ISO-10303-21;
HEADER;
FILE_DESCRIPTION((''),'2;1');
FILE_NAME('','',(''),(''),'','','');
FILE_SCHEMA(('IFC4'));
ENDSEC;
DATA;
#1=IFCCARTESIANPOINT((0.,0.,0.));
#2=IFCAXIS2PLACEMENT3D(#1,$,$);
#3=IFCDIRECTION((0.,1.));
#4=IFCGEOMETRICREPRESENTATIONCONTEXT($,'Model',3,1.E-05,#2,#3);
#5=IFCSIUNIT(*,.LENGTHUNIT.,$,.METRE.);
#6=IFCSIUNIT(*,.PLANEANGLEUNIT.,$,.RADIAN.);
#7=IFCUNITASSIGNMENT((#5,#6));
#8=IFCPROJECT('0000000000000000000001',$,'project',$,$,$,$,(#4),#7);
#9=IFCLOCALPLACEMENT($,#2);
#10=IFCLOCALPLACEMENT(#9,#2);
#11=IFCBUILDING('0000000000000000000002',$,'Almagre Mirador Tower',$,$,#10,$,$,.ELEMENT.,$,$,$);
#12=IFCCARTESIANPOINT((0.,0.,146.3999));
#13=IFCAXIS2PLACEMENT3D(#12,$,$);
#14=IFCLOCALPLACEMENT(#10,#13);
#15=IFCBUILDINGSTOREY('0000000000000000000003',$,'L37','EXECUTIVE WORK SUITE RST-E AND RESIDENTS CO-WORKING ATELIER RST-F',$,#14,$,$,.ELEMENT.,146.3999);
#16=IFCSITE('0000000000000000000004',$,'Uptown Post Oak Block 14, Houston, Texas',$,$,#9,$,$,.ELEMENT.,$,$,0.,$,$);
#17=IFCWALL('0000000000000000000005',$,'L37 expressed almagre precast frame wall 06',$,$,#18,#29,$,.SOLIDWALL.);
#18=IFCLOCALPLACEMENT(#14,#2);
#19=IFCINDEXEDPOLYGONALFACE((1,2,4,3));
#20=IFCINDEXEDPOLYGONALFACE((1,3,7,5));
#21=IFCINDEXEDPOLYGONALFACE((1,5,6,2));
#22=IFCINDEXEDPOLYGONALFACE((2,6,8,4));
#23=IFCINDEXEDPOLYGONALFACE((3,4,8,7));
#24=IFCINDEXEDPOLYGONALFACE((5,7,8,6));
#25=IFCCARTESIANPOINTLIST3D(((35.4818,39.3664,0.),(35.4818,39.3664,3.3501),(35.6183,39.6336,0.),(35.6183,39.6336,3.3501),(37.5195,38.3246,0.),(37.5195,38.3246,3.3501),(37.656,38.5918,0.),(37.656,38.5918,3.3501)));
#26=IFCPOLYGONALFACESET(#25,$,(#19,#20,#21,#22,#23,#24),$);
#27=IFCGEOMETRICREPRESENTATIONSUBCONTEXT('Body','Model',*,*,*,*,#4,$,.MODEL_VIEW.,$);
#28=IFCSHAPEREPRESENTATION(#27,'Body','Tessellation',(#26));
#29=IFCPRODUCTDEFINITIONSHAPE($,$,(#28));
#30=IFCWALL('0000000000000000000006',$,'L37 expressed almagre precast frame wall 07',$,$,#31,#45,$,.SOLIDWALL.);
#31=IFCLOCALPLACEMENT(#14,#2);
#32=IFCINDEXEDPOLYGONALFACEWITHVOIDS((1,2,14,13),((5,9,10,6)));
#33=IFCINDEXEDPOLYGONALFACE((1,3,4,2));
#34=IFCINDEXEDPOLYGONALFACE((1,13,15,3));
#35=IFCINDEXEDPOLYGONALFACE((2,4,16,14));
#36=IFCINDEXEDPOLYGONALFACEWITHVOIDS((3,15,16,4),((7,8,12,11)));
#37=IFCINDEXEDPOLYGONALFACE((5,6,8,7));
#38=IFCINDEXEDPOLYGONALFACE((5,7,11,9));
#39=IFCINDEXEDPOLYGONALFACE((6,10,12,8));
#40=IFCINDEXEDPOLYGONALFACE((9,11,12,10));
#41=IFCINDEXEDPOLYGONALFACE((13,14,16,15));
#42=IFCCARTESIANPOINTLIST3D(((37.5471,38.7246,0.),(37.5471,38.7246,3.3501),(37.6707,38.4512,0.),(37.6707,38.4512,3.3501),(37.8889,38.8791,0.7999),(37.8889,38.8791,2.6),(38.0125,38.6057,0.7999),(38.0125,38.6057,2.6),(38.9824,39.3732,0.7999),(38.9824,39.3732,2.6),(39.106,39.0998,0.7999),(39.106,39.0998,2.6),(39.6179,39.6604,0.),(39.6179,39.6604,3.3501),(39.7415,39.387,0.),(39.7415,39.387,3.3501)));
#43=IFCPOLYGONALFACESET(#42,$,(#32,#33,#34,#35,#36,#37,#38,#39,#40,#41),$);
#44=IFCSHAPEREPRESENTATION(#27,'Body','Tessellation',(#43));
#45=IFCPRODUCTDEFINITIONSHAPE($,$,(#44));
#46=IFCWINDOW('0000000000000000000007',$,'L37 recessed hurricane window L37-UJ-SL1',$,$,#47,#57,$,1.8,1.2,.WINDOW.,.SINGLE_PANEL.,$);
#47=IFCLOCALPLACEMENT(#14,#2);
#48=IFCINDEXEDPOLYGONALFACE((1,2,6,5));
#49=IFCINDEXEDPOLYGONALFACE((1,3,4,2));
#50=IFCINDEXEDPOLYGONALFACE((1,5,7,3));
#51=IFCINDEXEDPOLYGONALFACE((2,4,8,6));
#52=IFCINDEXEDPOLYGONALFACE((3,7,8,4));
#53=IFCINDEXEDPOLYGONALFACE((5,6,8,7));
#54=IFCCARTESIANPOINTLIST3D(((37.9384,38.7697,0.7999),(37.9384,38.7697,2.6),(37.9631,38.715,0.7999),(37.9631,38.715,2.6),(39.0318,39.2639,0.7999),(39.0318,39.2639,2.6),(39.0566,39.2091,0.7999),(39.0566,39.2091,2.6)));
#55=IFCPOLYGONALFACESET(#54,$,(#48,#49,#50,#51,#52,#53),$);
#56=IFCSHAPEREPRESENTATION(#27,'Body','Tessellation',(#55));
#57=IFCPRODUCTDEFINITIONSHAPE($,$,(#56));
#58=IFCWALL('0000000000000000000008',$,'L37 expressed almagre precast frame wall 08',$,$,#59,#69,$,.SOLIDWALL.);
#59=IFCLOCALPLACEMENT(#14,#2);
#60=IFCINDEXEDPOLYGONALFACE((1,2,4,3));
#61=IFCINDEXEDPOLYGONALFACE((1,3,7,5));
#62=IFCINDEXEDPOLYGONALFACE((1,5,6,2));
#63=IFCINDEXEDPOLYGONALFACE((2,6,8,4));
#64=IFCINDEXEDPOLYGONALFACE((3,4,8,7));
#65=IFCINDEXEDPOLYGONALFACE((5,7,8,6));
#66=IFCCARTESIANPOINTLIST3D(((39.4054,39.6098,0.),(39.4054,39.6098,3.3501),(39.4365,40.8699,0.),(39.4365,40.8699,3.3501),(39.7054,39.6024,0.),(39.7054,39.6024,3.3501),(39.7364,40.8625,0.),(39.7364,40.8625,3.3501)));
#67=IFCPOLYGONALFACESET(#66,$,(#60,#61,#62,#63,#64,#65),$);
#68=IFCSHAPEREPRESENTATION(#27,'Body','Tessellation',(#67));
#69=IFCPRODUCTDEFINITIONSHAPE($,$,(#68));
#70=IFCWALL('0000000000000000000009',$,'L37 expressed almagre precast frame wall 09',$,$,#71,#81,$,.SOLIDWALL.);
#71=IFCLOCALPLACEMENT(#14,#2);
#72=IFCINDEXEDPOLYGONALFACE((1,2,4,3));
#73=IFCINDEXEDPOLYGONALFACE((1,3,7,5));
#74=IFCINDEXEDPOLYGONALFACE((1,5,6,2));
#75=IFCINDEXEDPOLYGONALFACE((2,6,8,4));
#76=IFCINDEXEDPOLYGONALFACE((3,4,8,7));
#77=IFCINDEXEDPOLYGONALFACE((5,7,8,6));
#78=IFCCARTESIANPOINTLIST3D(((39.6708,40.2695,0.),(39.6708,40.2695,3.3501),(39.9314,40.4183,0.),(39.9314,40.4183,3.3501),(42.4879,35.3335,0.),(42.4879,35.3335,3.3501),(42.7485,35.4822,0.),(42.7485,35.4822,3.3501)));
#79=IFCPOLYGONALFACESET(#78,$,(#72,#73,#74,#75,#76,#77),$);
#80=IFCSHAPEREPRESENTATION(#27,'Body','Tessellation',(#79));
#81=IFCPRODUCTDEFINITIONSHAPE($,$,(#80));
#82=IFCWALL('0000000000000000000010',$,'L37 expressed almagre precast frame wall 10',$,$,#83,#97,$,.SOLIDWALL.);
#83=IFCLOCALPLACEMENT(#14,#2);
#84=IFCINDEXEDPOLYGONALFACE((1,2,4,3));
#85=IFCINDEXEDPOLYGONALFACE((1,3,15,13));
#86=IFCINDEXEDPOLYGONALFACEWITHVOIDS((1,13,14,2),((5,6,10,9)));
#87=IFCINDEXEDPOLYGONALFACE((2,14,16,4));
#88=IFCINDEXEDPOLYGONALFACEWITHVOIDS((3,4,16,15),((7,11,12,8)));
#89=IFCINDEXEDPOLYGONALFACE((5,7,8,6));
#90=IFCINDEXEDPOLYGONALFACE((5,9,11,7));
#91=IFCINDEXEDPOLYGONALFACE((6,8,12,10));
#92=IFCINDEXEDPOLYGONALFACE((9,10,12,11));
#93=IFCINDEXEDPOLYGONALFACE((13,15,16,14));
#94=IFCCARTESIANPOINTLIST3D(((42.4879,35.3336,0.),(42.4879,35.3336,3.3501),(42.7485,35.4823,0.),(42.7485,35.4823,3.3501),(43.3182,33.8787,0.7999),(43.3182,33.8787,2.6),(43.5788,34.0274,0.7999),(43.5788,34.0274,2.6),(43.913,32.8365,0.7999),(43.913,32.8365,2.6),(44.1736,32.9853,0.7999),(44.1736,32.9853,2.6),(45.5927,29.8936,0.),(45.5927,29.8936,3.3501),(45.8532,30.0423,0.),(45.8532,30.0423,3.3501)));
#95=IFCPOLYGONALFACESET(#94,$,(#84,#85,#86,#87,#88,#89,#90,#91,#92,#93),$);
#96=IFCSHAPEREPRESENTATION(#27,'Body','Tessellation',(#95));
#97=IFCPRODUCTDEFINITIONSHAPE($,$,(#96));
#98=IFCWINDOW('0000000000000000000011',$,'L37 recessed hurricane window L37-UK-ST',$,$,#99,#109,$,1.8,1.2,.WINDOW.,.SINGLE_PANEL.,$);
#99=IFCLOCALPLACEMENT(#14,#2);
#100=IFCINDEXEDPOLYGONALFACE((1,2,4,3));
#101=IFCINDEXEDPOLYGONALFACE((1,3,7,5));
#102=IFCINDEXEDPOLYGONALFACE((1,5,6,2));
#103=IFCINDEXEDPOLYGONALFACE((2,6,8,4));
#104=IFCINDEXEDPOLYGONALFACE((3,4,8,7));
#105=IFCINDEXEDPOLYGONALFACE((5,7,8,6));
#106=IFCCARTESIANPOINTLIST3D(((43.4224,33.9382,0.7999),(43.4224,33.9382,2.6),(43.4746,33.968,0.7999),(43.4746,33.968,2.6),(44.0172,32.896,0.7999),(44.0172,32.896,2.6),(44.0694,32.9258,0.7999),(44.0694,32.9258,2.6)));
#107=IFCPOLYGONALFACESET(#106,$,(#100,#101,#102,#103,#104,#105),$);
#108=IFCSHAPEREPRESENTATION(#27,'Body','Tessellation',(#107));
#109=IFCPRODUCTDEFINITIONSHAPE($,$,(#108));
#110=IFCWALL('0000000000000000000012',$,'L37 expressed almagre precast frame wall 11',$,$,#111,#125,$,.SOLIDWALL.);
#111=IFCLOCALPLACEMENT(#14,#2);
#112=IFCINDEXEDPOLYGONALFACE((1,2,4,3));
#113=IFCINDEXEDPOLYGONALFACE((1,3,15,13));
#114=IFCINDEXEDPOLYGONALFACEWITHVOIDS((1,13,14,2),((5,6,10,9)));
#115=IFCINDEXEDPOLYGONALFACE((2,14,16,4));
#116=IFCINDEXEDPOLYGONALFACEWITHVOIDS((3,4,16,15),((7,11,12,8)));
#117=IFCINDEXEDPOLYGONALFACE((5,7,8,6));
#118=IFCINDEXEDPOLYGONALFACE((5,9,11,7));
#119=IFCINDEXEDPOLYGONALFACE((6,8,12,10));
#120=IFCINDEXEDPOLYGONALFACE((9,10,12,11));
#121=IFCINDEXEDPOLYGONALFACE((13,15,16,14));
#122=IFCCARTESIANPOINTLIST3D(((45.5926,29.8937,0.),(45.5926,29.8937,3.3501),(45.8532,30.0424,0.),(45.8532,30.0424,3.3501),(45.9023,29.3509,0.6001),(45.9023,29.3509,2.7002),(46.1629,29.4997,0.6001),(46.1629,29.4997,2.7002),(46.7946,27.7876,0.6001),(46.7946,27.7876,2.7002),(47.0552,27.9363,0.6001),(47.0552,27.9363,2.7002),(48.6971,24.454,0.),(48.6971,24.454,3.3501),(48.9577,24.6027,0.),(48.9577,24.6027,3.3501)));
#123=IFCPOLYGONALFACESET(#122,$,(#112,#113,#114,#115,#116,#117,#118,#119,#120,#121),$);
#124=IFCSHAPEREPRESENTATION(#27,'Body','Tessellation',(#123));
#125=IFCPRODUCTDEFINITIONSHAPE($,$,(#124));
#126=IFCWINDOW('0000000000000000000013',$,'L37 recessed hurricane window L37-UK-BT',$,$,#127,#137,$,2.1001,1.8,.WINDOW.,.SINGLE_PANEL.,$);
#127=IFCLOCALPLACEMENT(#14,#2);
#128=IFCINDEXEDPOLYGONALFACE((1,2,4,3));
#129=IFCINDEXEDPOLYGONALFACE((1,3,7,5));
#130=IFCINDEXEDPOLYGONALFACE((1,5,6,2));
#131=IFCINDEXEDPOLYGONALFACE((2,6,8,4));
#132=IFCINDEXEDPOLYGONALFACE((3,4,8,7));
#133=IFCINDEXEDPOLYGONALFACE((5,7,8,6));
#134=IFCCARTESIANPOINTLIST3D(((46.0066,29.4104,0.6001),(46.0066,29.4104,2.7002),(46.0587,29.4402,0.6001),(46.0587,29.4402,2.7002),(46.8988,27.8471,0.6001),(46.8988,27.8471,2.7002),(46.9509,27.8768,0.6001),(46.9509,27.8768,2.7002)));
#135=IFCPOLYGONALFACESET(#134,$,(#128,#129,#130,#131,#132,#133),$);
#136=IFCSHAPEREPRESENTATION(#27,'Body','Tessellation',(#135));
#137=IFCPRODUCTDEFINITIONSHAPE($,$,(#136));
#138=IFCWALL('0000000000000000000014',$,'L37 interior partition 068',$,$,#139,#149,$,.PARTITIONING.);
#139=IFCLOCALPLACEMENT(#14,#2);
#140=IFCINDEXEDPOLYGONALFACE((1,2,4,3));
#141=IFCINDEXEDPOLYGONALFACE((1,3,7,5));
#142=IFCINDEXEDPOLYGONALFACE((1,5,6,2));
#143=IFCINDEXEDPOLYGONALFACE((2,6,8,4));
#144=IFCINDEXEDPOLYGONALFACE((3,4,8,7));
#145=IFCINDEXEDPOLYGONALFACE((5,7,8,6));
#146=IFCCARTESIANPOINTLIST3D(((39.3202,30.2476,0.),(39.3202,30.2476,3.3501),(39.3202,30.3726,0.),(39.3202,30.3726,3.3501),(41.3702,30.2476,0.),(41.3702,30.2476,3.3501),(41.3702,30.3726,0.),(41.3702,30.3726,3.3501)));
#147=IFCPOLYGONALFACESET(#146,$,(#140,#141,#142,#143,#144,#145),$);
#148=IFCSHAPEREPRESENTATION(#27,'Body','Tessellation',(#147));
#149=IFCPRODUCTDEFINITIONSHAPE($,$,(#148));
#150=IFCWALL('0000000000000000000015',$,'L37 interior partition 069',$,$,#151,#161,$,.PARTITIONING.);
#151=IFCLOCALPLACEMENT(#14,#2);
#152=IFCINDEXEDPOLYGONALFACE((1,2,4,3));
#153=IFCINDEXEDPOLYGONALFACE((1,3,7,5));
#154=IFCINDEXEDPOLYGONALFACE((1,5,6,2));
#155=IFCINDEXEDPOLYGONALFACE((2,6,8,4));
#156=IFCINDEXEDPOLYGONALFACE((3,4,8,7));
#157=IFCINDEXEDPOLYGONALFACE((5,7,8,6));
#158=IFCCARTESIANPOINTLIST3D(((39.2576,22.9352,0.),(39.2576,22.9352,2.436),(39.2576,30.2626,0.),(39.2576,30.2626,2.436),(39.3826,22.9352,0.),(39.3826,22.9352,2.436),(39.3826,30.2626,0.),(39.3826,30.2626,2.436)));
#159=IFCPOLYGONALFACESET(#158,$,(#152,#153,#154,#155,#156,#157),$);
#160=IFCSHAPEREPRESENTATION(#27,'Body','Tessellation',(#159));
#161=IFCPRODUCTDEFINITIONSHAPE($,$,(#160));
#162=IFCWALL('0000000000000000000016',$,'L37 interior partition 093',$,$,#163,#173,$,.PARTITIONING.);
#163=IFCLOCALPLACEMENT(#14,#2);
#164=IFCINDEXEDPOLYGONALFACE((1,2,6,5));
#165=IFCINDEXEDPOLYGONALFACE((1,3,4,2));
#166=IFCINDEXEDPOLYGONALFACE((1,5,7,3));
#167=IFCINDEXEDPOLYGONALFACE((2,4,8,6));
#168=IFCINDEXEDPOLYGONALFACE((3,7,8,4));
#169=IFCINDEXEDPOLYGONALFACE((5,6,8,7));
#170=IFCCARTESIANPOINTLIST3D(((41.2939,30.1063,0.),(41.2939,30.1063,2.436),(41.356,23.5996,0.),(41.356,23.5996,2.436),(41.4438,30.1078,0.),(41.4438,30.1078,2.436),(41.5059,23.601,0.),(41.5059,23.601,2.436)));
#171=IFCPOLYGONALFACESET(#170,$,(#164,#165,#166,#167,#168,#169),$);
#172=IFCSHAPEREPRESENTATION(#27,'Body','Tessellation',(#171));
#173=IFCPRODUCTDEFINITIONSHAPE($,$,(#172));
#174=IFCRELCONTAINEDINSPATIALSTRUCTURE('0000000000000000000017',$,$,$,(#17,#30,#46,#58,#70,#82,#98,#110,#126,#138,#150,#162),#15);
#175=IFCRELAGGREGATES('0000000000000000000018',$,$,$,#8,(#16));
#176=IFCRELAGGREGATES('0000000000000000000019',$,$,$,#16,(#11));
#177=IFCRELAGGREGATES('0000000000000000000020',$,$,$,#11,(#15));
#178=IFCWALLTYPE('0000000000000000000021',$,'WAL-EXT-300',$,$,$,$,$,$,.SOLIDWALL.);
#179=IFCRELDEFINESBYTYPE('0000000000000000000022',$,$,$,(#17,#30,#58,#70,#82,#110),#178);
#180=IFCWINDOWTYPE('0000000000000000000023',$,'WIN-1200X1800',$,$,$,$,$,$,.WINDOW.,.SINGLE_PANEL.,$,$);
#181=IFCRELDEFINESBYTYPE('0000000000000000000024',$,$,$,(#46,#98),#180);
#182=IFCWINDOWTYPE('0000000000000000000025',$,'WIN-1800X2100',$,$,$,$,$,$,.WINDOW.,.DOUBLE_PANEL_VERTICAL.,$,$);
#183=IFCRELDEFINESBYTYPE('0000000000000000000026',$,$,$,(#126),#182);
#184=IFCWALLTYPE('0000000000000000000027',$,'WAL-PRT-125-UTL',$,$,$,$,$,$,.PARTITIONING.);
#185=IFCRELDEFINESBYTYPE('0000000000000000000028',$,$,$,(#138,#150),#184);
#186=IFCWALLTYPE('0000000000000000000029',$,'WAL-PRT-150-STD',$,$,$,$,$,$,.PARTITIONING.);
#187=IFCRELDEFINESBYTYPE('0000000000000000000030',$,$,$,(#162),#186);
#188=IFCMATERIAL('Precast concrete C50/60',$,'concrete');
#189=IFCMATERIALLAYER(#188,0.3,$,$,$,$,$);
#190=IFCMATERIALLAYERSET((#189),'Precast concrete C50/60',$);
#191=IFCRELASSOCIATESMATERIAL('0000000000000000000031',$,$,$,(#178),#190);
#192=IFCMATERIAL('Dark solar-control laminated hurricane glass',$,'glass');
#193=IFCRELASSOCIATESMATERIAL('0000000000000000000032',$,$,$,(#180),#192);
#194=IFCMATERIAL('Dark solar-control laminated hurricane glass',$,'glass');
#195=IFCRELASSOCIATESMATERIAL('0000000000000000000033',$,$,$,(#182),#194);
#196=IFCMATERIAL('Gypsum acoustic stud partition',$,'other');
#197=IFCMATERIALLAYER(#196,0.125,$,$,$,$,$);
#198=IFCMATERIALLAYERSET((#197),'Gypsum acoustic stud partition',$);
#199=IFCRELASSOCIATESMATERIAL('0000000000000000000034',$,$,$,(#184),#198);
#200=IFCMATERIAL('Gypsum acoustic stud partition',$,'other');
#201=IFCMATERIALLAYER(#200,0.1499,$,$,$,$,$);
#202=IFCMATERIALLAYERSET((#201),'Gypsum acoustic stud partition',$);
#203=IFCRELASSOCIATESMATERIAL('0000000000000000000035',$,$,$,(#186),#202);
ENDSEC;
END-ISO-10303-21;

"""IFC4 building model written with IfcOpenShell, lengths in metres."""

from ifc_helpers import new_model, si_unit, direction, frame, frame_2d, origin, place, context, subcontext, project, spatial, rectangle, extrude, material, layer, layer_set, type_object, element, fill, save


model = new_model("IFC4")

# Units and contexts
model_context = context("Model", 3, precision=1e-05, world=origin(), true_north=direction((0.0, 1.0)))
body_context = subcontext(model_context, "Body", "Model", "MODEL_VIEW")
ifc_project = project(units=[si_unit("LENGTHUNIT", "METRE"), si_unit("PLANEANGLEUNIT", "RADIAN")], contexts=[model_context])

# Site, building, storey
site_placement = place(None, origin())
site = spatial("IfcSite", under=ifc_project, at=site_placement, Name="Uptown Post Oak Block 14, Houston, Texas", CompositionType="ELEMENT", RefElevation=0.0)
building_placement = place(site_placement, origin())
building = spatial("IfcBuilding", under=site, at=building_placement, Name="Almagre Mirador Tower", CompositionType="ELEMENT")
storey_placement = place(building_placement, frame((0.0, 0.0, 146.3999)))
storey = spatial("IfcBuildingStorey", under=building, at=storey_placement, Name="L37", Description="EXECUTIVE WORK SUITE RST-E AND RESIDENTS CO-WORKING ATELIER RST-F", CompositionType="ELEMENT", Elevation=146.3999)

# Wall
ifc_material_1 = material(Name="Precast concrete C50/60", Category="concrete")
ifc_layer_1 = layer(ifc_material_1, 0.3)
ifc_layer_set_1 = layer_set([ifc_layer_1], Name="Precast concrete C50/60")
wall_type_1 = type_object("IfcWallType", Name="WAL-EXT-300", PredefinedType="SOLIDWALL", material=ifc_layer_set_1)
wall_1_placement = place(storey_placement, frame((35.55, 39.5, 0.0), z_axis=(0.0, 0.0, 1.0), x_axis=(0.89038, -0.455218, 0.0)))
element("IfcWall", 1, at=wall_1_placement, inside=storey, type_object=wall_type_1, Name="L37 expressed almagre precast frame wall 06", PredefinedType="SOLIDWALL", context=body_context, shape_type="SweptSolid", body=[
    extrude(rectangle(XDim=2.2886, YDim=0.3, at=frame_2d((1.1443, 0.0))), origin(), (0.0, 0.0, 1.0), 3.3501),
])

# Wall, opening, window
wall_2_placement = place(storey_placement, frame((37.6089, 38.5879, 0.0), z_axis=(0.0, 0.0, 1.0), x_axis=(0.911273, 0.411803, 0.0)))
wall_2 = element("IfcWall", 2, at=wall_2_placement, inside=storey, type_object=wall_type_1, Name="L37 expressed almagre precast frame wall 07", PredefinedType="SOLIDWALL", context=body_context, shape_type="SweptSolid", body=[
    extrude(rectangle(XDim=2.2725, YDim=0.3, at=frame_2d((1.1362, 0.0))), origin(), (0.0, 0.0, 1.0), 3.3501),
])
opening_1_placement = place(wall_2_placement, frame((0.375, 0.0, 0.8)))
opening_1 = element("IfcOpeningElement", 3, at=opening_1_placement, cuts=wall_2, PredefinedType="OPENING", context=body_context, shape_type="SweptSolid", body=[
    extrude(rectangle(XDim=1.2, YDim=1.8, at=frame_2d((0.6001, 0.8999))), frame((0.0, 0.1599, 0.0), z_axis=(0.0, -1.0, 0.0), x_axis=(1.0, 0.0, 0.0)), (0.0, 0.0, 1.0), 0.32),
])
ifc_material_2 = material(Name="Dark solar-control laminated hurricane glass", Category="glass")
window_type_1 = type_object("IfcWindowType", Name="WIN-1200X1800", PartitioningType="SINGLE_PANEL", PredefinedType="WINDOW", material=ifc_material_2)
window_1_placement = place(opening_1_placement, origin())
window_1 = element("IfcWindow", 4, at=window_1_placement, inside=storey, type_object=window_type_1, Name="L37 recessed hurricane window L37-UJ-SL1", OverallHeight=1.8, OverallWidth=1.2, PartitioningType="SINGLE_PANEL", PredefinedType="WINDOW", context=body_context, shape_type="SweptSolid", body=[
    extrude(rectangle(XDim=1.2, YDim=1.8, at=frame_2d((0.6001, 0.8999))), frame((0.0, 0.03, 0.0), z_axis=(0.0, -1.0, 0.0), x_axis=(1.0, 0.0, 0.0)), (0.0, 0.0, 1.0), 0.0601),
])
fill(opening_1, window_1)

# Walls
wall_3_placement = place(storey_placement, frame((39.5554, 39.606, 0.0), z_axis=(0.0, 0.0, 1.0), x_axis=(0.0246, 0.999697, 0.0)))
element("IfcWall", 5, at=wall_3_placement, inside=storey, type_object=wall_type_1, Name="L37 expressed almagre precast frame wall 08", PredefinedType="SOLIDWALL", context=body_context, shape_type="SweptSolid", body=[
    extrude(rectangle(XDim=1.2605, YDim=0.3, at=frame_2d((0.6304, 0.0))), origin(), (0.0, 0.0, 1.0), 3.3501),
])
wall_4_placement = place(storey_placement, frame((39.801, 40.344, 0.0), z_axis=(0.0, 0.0, 1.0), x_axis=(0.495681, -0.868505, 0.0)))
element("IfcWall", 6, at=wall_4_placement, inside=storey, type_object=wall_type_1, Name="L37 expressed almagre precast frame wall 09", PredefinedType="SOLIDWALL", context=body_context, shape_type="SweptSolid", body=[
    extrude(rectangle(XDim=5.6833, YDim=0.3, at=frame_2d((2.8418, 0.0))), origin(), (0.0, 0.0, 1.0), 3.3501),
])

# Walls, openings, windows
wall_5_placement = place(storey_placement, frame((42.6182, 35.408, 0.0), z_axis=(0.0, 0.0, 1.0), x_axis=(0.495681, -0.868504, 0.0)))
wall_5 = element("IfcWall", 7, at=wall_5_placement, inside=storey, type_object=wall_type_1, Name="L37 expressed almagre precast frame wall 10", PredefinedType="SOLIDWALL", context=body_context, shape_type="SweptSolid", body=[
    extrude(rectangle(XDim=6.2637, YDim=0.3, at=frame_2d((3.1318, 0.0))), origin(), (0.0, 0.0, 1.0), 3.3501),
])
opening_2_placement = place(wall_5_placement, frame((1.675, 0.0, 0.8)))
opening_2 = element("IfcOpeningElement", 8, at=opening_2_placement, cuts=wall_5, PredefinedType="OPENING", context=body_context, shape_type="SweptSolid", body=[
    extrude(rectangle(XDim=1.2, YDim=1.8, at=frame_2d((0.6001, 0.8999))), frame((0.0, 0.1599, 0.0), z_axis=(0.0, -1.0, 0.0), x_axis=(1.0, 0.0, 0.0)), (0.0, 0.0, 1.0), 0.32),
])
window_2_placement = place(opening_2_placement, origin())
window_2 = element("IfcWindow", 9, at=window_2_placement, inside=storey, type_object=window_type_1, Name="L37 recessed hurricane window L37-UK-ST", OverallHeight=1.8, OverallWidth=1.2, PartitioningType="SINGLE_PANEL", PredefinedType="WINDOW", context=body_context, shape_type="SweptSolid", body=[
    extrude(rectangle(XDim=1.2, YDim=1.8, at=frame_2d((0.6001, 0.8999))), frame((0.0, 0.03, 0.0), z_axis=(0.0, -1.0, 0.0), x_axis=(1.0, 0.0, 0.0)), (0.0, 0.0, 1.0), 0.0601),
])
fill(opening_2, window_2)
wall_6_placement = place(storey_placement, frame((45.7229, 29.968, 0.0), z_axis=(0.0, 0.0, 1.0), x_axis=(0.495669, -0.868512, 0.0)))
wall_6 = element("IfcWall", 10, at=wall_6_placement, inside=storey, type_object=wall_type_1, Name="L37 expressed almagre precast frame wall 11", PredefinedType="SOLIDWALL", context=body_context, shape_type="SweptSolid", body=[
    extrude(rectangle(XDim=6.2632, YDim=0.3, at=frame_2d((3.1316, 0.0))), origin(), (0.0, 0.0, 1.0), 3.3501),
])
opening_3_placement = place(wall_6_placement, frame((0.625, 0.0, 0.6001)))
opening_3 = element("IfcOpeningElement", 11, at=opening_3_placement, cuts=wall_6, PredefinedType="OPENING", context=body_context, shape_type="SweptSolid", body=[
    extrude(rectangle(XDim=1.8, YDim=2.1001, at=frame_2d((0.8999, 1.05))), frame((0.0, 0.1599, 0.0), z_axis=(0.0, -1.0, 0.0), x_axis=(1.0, 0.0, 0.0)), (0.0, 0.0, 1.0), 0.32),
])
ifc_material_3 = material(Name="Dark solar-control laminated hurricane glass", Category="glass")
window_type_2 = type_object("IfcWindowType", Name="WIN-1800X2100", PartitioningType="DOUBLE_PANEL_VERTICAL", PredefinedType="WINDOW", material=ifc_material_3)
window_3_placement = place(opening_3_placement, origin())
window_3 = element("IfcWindow", 12, at=window_3_placement, inside=storey, type_object=window_type_2, Name="L37 recessed hurricane window L37-UK-BT", OverallHeight=2.1001, OverallWidth=1.8, PartitioningType="SINGLE_PANEL", PredefinedType="WINDOW", context=body_context, shape_type="SweptSolid", body=[
    extrude(rectangle(XDim=1.8, YDim=2.1001, at=frame_2d((0.8999, 1.05))), frame((0.0, 0.03, 0.0), z_axis=(0.0, -1.0, 0.0), x_axis=(1.0, 0.0, 0.0)), (0.0, 0.0, 1.0), 0.0601),
])
fill(opening_3, window_3)

# Walls
ifc_material_4 = material(Name="Gypsum acoustic stud partition", Category="other")
ifc_layer_2 = layer(ifc_material_4, 0.125)
ifc_layer_set_2 = layer_set([ifc_layer_2], Name="Gypsum acoustic stud partition")
wall_type_2 = type_object("IfcWallType", Name="WAL-PRT-125-UTL", PredefinedType="PARTITIONING", material=ifc_layer_set_2)
wall_7_placement = place(storey_placement, frame((41.3701, 30.3101, 0.0), z_axis=(0.0, 0.0, 1.0), x_axis=(-1.0, 0.0, 0.0)))
element("IfcWall", 13, at=wall_7_placement, inside=storey, type_object=wall_type_2, Name="L37 interior partition 068", PredefinedType="PARTITIONING", context=body_context, shape_type="SweptSolid", body=[
    extrude(rectangle(XDim=2.05, YDim=0.125, at=frame_2d((1.0249, 0.0))), origin(), (0.0, 0.0, 1.0), 3.3501),
])
wall_8_placement = place(storey_placement, frame((39.3201, 30.2625, 0.0), z_axis=(0.0, 0.0, 1.0), x_axis=(0.0, -1.0, 0.0)))
element("IfcWall", 14, at=wall_8_placement, inside=storey, type_object=wall_type_2, Name="L37 interior partition 069", PredefinedType="PARTITIONING", context=body_context, shape_type="SweptSolid", body=[
    extrude(rectangle(XDim=7.3274, YDim=0.125, at=frame_2d((3.6636, 0.0))), origin(), (0.0, 0.0, 1.0), 2.436),
])
ifc_material_5 = material(Name="Gypsum acoustic stud partition", Category="other")
ifc_layer_3 = layer(ifc_material_5, 0.1499)
ifc_layer_set_3 = layer_set([ifc_layer_3], Name="Gypsum acoustic stud partition")
wall_type_3 = type_object("IfcWallType", Name="WAL-PRT-150-STD", PredefinedType="PARTITIONING", material=ifc_layer_set_3)
wall_9_placement = place(storey_placement, frame((41.3689, 30.1069, 0.0), z_axis=(0.0, 0.0, 1.0), x_axis=(0.00953, -0.999955, 0.0)))
element("IfcWall", 15, at=wall_9_placement, inside=storey, type_object=wall_type_3, Name="L37 interior partition 093", PredefinedType="PARTITIONING", context=body_context, shape_type="SweptSolid", body=[
    extrude(rectangle(XDim=6.5071, YDim=0.1499, at=frame_2d((3.2534, 0.0))), origin(), (0.0, 0.0, 1.0), 2.436),
])

save(model, "model.ifc")
